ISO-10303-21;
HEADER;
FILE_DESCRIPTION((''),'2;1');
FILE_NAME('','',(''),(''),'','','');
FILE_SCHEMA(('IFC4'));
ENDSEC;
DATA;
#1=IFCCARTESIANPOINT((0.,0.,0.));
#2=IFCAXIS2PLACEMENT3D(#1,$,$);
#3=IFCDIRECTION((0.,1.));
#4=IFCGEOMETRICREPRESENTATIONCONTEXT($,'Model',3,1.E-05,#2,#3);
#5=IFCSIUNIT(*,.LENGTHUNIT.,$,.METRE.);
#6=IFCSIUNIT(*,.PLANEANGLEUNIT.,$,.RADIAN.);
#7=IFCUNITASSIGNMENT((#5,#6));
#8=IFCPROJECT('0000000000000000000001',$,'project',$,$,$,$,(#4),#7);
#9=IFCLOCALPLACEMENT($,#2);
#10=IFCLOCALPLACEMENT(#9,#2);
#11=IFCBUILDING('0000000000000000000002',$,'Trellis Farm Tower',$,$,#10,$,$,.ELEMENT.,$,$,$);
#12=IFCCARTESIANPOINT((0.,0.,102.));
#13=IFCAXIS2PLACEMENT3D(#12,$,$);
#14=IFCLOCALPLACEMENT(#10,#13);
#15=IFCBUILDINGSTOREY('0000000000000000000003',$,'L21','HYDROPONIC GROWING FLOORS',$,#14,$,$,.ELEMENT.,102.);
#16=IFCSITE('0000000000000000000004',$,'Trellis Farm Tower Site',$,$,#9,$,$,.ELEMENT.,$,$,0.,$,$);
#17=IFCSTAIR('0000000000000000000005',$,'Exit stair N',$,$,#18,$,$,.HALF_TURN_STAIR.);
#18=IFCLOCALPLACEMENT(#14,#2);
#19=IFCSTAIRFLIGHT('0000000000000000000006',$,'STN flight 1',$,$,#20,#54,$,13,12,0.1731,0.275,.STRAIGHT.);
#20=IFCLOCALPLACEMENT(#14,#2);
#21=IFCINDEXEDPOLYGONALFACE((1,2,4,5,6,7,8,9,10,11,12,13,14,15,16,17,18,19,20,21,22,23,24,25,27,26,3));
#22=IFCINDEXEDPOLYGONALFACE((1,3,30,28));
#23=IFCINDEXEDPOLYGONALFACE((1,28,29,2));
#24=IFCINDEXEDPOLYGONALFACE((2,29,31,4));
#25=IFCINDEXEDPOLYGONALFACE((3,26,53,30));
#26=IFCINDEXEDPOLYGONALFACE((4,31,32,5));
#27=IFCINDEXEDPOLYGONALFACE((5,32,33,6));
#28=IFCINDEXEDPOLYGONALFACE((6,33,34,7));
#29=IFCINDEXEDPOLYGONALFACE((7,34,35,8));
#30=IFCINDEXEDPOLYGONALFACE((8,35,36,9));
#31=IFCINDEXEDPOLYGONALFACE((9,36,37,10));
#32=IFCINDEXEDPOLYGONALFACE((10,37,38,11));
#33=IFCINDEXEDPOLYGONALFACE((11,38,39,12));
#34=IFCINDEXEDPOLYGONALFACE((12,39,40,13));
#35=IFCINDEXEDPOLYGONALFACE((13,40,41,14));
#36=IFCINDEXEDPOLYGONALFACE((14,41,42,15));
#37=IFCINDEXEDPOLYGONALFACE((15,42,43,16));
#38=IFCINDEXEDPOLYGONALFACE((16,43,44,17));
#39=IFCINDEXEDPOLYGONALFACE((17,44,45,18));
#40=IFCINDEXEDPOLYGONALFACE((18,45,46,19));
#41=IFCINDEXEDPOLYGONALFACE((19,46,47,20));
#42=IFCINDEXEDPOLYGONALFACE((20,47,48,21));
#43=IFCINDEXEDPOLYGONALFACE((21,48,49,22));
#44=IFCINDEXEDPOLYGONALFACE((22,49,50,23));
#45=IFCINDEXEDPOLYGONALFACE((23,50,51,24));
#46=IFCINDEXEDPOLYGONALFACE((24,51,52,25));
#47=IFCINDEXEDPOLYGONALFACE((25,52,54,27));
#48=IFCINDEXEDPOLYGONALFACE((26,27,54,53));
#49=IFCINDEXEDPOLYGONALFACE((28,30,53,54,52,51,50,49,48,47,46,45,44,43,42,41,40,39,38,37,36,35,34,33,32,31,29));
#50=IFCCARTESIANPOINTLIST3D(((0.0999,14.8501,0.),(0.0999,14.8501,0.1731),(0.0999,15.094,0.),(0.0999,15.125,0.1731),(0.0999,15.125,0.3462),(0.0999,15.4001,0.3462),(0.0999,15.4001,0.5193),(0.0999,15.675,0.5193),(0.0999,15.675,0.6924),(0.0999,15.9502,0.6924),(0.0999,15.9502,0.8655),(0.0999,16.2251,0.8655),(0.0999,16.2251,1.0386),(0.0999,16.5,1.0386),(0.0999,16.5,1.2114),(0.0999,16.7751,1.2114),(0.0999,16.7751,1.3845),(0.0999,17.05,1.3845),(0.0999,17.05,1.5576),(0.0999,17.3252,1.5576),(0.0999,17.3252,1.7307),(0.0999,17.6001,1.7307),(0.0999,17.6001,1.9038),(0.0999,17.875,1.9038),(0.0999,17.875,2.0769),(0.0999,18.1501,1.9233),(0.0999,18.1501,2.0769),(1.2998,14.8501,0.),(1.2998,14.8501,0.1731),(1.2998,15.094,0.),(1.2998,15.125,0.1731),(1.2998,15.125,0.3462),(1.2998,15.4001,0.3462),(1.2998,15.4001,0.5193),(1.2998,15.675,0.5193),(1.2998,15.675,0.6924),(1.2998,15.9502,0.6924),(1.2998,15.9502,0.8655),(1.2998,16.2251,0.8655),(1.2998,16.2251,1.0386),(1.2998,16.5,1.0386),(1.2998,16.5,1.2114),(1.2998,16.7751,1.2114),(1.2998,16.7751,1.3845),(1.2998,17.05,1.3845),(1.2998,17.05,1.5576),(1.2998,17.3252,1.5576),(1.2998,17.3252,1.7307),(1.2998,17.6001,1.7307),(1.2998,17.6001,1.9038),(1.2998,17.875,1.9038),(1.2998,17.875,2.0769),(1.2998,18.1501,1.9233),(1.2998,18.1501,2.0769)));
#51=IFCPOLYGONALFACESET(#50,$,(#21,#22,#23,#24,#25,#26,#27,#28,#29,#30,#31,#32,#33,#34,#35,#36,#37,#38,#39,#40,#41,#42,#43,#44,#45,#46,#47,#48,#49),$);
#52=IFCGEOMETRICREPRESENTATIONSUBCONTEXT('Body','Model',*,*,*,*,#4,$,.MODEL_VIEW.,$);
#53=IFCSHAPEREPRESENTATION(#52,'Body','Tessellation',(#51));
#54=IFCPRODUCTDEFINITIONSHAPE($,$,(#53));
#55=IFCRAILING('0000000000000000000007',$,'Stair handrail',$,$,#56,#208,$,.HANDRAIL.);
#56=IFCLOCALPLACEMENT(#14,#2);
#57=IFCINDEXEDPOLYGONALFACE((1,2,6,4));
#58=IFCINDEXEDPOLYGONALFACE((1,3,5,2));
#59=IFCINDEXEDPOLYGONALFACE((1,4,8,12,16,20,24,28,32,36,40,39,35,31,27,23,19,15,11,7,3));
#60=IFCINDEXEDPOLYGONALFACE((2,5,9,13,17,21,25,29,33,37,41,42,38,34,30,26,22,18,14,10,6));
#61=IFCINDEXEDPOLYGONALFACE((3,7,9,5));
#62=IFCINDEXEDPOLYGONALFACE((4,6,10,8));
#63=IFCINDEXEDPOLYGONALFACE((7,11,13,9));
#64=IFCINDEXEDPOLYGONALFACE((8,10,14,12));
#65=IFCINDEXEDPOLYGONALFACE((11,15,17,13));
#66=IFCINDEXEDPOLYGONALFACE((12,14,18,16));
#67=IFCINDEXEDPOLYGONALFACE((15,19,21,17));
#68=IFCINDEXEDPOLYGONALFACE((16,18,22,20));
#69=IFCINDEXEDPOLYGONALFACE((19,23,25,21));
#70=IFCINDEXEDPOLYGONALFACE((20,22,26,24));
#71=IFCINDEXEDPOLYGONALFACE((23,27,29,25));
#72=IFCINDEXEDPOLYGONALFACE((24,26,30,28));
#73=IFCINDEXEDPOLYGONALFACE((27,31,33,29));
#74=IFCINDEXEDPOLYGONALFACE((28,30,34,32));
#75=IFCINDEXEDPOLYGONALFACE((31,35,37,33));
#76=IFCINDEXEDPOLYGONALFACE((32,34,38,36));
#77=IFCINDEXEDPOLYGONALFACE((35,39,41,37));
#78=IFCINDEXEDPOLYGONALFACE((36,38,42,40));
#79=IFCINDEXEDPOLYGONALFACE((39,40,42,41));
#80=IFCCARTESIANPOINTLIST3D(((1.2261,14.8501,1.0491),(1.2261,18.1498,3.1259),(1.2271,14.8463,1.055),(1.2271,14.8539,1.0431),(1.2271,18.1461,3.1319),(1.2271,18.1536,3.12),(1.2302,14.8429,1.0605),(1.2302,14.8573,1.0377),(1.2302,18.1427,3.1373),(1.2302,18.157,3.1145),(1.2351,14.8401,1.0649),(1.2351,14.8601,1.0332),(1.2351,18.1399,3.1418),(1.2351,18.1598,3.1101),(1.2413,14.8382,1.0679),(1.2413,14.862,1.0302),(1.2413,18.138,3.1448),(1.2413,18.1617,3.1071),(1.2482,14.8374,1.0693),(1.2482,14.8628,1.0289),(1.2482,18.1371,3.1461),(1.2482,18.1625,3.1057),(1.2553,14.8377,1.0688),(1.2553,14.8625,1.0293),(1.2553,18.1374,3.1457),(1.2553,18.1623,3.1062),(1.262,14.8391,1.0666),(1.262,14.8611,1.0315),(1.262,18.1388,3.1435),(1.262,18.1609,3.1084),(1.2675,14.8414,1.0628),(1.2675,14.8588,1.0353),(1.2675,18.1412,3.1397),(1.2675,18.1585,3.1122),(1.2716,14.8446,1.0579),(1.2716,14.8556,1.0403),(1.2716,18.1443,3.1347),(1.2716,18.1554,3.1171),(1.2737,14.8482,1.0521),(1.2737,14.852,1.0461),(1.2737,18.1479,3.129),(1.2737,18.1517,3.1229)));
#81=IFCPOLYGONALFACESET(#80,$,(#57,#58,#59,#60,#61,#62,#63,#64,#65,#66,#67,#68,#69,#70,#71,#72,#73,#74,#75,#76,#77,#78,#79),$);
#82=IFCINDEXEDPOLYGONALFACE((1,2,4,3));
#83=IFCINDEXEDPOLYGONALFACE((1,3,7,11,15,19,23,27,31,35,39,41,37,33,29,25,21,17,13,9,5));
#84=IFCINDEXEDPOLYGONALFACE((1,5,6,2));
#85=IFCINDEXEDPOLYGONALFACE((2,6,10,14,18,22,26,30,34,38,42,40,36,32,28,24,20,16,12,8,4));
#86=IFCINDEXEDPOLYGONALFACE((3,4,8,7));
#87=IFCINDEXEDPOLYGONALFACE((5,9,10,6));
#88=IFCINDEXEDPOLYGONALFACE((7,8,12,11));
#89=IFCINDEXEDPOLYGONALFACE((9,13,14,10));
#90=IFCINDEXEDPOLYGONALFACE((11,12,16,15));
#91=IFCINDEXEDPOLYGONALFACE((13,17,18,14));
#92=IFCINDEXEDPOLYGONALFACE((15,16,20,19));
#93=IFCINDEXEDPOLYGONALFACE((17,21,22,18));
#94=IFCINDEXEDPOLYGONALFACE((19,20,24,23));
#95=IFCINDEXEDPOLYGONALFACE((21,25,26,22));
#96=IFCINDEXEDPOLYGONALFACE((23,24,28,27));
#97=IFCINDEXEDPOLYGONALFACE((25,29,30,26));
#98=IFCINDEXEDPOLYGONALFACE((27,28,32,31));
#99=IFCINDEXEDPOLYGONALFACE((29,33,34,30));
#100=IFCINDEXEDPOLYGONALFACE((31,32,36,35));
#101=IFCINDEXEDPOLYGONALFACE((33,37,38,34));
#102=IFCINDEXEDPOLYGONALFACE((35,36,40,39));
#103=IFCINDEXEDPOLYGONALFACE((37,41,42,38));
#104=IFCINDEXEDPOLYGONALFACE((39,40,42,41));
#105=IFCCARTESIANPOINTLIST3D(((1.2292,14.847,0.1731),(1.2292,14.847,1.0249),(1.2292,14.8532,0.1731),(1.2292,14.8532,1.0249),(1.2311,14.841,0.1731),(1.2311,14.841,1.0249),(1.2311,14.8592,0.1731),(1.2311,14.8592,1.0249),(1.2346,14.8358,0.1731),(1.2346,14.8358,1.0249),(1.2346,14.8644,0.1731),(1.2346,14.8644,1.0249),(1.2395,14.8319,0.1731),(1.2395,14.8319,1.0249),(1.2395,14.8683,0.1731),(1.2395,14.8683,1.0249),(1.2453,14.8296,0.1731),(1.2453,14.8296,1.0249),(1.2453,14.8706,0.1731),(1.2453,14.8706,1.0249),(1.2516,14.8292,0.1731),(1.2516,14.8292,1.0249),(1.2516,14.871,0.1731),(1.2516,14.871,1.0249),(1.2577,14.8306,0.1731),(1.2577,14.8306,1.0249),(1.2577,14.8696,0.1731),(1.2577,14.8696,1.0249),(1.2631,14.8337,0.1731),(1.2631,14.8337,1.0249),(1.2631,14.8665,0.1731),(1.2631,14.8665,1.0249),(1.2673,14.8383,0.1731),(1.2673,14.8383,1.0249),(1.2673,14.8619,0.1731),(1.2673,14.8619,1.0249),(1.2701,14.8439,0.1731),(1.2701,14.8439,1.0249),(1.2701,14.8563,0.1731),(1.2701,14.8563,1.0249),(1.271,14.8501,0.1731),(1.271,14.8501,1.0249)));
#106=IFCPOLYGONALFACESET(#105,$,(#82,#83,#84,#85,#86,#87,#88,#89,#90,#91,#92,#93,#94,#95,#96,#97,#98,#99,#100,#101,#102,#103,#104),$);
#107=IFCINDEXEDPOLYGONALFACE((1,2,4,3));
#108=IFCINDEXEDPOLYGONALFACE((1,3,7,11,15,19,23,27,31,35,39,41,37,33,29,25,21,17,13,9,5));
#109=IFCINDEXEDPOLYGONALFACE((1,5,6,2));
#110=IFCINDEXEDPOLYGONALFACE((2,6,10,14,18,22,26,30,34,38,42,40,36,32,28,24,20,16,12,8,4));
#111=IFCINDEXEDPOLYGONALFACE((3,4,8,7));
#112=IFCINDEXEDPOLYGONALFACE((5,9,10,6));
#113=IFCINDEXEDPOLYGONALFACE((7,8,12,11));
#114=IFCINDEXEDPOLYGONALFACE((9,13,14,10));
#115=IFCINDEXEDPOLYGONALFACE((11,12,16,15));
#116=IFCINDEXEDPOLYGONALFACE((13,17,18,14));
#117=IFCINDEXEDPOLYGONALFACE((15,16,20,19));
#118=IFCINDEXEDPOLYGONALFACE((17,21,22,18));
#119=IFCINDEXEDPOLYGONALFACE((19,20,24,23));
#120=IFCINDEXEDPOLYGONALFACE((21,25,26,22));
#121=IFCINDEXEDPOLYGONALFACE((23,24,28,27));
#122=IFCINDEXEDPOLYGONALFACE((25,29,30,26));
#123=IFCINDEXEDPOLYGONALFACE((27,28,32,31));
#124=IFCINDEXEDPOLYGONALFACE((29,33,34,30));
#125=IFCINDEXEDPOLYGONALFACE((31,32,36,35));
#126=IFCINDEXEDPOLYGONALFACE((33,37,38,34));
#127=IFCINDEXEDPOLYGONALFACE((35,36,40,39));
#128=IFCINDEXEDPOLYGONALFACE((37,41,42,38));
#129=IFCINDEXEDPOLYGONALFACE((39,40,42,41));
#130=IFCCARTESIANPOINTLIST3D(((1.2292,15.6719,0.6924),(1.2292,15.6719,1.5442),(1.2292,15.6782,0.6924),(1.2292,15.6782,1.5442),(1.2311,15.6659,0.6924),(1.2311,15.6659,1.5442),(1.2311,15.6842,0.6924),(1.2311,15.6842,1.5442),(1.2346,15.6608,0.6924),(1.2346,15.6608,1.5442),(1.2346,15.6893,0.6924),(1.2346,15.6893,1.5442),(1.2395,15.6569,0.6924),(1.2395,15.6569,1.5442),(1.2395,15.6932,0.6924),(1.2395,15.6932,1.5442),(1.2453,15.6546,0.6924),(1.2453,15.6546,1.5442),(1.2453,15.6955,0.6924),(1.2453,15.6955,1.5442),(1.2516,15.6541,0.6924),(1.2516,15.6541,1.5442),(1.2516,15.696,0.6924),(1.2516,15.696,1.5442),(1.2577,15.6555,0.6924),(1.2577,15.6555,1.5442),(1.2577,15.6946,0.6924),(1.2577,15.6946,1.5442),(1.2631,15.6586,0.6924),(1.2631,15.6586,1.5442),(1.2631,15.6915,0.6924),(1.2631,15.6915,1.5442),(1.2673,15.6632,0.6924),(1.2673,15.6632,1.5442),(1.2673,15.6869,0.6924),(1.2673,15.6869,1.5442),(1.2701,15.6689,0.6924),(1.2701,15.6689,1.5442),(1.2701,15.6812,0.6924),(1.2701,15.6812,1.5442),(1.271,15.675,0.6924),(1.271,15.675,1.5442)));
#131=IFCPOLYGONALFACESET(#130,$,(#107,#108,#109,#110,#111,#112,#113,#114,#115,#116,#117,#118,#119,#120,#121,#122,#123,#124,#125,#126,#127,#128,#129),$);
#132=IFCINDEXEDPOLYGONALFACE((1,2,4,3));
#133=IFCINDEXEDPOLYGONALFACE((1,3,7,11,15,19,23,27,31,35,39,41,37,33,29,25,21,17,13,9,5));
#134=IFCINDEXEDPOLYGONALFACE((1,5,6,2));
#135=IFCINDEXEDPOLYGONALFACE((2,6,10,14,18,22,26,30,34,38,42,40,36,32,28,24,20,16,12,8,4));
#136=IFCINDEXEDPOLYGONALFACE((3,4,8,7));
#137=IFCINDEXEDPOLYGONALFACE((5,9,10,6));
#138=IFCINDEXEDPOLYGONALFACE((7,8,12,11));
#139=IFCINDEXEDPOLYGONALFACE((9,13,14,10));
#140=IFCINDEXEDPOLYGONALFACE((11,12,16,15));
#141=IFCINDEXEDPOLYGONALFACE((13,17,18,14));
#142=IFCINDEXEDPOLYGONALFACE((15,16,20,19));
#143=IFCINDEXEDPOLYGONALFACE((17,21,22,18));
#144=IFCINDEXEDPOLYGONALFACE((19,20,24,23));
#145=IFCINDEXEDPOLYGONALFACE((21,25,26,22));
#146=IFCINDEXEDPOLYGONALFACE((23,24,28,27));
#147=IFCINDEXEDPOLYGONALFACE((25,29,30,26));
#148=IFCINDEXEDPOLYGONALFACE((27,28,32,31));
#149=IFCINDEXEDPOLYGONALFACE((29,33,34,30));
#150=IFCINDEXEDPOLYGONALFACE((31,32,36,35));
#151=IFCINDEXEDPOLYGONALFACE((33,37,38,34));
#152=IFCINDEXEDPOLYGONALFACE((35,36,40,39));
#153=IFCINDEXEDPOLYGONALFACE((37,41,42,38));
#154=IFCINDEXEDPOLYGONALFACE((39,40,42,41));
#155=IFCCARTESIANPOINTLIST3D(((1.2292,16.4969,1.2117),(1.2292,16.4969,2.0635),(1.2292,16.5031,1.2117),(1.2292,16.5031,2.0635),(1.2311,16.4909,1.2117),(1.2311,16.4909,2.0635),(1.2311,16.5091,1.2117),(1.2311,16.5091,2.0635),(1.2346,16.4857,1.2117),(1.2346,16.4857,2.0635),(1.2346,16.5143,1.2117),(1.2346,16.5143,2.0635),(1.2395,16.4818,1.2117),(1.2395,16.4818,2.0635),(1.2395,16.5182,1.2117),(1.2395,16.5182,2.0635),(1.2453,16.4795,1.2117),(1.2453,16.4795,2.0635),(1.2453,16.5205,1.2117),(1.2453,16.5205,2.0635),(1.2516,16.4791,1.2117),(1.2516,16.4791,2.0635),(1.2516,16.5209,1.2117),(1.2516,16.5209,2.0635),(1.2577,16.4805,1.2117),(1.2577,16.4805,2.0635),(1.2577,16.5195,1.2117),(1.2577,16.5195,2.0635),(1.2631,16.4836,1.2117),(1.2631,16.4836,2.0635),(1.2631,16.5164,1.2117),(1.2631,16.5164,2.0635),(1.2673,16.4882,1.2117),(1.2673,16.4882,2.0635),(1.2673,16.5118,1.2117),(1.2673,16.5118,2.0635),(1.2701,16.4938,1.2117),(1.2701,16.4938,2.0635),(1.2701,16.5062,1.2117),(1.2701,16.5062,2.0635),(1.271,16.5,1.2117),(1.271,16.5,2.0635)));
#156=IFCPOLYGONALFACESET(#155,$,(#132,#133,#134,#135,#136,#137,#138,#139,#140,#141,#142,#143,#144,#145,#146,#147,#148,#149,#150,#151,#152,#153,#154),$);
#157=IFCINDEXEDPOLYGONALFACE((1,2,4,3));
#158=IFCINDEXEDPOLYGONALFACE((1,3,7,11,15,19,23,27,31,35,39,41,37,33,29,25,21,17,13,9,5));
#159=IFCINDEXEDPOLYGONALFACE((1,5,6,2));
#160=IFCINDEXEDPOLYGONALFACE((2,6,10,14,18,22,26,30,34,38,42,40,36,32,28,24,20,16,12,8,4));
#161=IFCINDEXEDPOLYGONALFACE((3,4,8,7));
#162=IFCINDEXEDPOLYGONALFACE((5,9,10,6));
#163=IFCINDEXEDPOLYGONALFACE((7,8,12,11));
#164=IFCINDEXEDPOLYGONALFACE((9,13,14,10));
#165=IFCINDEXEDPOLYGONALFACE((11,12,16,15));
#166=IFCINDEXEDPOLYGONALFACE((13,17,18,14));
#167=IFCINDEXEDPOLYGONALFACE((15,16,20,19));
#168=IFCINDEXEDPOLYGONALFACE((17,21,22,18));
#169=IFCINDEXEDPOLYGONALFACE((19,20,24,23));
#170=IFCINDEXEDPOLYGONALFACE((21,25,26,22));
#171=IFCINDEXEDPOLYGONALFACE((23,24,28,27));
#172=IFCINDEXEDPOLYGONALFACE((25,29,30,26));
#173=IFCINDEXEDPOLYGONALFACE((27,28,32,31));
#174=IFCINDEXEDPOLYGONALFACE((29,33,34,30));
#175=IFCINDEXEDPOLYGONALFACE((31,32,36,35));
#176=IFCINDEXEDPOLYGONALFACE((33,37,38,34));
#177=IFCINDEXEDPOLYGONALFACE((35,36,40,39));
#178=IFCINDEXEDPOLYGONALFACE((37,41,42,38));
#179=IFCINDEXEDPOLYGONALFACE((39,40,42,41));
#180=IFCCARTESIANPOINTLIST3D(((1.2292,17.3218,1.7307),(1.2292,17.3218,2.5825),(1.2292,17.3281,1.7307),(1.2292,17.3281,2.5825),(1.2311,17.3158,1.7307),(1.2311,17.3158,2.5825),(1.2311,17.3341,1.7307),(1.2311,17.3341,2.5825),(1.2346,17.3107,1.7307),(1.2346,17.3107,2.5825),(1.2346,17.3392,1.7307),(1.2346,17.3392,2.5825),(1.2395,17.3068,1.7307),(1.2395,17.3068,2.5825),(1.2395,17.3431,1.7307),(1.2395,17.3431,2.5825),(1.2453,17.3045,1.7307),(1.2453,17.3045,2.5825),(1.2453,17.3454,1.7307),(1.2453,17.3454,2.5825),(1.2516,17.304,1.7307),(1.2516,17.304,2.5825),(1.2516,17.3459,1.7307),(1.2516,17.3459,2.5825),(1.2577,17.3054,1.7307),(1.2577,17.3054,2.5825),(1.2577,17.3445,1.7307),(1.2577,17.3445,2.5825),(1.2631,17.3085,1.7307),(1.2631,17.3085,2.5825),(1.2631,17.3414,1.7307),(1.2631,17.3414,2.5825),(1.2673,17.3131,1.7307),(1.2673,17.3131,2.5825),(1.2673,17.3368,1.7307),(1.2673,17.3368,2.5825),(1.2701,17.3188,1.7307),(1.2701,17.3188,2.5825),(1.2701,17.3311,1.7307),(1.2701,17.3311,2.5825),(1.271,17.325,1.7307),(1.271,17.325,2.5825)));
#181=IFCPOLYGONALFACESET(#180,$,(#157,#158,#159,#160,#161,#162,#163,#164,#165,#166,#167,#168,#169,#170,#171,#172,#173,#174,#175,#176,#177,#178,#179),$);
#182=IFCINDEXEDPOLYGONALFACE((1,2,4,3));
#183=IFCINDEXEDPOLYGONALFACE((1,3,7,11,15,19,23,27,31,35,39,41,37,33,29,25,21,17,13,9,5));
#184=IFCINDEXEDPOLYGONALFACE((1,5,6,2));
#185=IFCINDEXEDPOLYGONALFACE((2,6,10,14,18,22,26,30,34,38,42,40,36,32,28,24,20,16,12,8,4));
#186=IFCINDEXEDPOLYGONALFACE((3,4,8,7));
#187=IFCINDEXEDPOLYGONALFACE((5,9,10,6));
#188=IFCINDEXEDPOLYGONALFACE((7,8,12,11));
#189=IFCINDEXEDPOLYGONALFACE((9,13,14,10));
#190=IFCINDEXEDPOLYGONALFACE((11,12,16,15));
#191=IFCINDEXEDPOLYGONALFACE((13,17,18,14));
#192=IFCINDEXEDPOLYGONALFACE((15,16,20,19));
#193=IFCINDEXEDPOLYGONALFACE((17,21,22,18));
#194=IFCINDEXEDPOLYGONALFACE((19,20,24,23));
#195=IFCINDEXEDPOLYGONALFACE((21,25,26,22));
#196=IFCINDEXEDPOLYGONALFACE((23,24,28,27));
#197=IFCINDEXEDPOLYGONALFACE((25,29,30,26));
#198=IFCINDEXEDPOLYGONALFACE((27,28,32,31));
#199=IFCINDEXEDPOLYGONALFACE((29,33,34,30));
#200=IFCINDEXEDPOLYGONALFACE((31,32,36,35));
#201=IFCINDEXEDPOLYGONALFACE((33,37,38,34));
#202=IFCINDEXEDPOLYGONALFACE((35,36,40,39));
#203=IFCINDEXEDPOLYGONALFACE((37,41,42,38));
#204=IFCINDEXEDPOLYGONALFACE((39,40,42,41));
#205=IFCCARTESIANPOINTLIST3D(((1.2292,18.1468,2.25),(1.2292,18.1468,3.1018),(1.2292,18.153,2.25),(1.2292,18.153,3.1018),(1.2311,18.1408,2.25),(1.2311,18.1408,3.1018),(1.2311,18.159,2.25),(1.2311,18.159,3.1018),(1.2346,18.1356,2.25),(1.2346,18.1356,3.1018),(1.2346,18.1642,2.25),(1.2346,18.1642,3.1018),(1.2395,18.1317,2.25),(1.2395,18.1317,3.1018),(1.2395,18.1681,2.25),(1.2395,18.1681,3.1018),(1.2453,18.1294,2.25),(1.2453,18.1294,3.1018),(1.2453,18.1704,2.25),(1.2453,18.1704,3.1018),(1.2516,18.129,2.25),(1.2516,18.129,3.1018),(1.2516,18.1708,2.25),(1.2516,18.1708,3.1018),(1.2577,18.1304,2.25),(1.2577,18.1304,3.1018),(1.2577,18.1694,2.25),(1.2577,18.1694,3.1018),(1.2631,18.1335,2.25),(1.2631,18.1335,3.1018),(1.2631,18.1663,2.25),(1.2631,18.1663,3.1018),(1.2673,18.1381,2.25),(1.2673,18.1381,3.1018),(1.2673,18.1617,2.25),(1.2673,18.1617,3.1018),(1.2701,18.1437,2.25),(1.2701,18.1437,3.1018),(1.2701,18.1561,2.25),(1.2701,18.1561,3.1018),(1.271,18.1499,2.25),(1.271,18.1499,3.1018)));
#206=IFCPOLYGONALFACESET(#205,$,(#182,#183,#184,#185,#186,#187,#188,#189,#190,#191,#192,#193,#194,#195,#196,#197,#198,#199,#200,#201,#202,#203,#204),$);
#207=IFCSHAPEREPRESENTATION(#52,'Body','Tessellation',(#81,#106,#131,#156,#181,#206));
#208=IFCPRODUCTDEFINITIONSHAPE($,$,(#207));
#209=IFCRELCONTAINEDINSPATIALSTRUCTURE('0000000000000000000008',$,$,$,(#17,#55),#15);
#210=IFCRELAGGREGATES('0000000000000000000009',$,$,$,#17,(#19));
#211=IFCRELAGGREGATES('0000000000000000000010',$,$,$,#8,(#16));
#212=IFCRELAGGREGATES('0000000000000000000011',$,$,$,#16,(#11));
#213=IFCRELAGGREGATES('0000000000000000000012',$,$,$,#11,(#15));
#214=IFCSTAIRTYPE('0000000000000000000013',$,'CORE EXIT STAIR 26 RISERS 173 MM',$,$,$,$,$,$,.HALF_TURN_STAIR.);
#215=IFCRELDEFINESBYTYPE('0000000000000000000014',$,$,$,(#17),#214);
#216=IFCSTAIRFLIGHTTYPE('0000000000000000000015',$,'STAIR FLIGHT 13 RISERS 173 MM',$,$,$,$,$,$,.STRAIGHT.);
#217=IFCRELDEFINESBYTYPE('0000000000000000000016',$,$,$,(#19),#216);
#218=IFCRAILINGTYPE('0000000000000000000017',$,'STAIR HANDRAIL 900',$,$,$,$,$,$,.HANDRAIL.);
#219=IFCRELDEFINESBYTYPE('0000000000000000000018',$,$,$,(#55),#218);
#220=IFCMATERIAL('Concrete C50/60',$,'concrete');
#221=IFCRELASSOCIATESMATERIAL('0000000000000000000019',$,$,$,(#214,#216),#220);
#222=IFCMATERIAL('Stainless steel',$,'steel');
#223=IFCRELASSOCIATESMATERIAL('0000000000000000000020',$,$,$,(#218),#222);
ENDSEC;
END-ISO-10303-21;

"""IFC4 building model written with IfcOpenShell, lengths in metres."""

from ifc_helpers import new_model, si_unit, direction, frame, origin, origin_2d, place, context, subcontext, project, spatial, polyline, circle, outline, extrude, source, transform, mapped, material, type_object, element, aggregate, save


model = new_model("IFC4")

# Units and contexts
model_context = context("Model", 3, precision=1e-05, world=origin(), true_north=direction((0.0, 1.0)))
body_context = subcontext(model_context, "Body", "Model", "MODEL_VIEW")
ifc_project = project(units=[si_unit("LENGTHUNIT", "METRE"), si_unit("PLANEANGLEUNIT", "RADIAN")], contexts=[model_context])

# Site, building, storey
site_placement = place(None, origin())
site = spatial("IfcSite", under=ifc_project, at=site_placement, Name="Trellis Farm Tower Site", CompositionType="ELEMENT", RefElevation=0.0)
building_placement = place(site_placement, origin())
building = spatial("IfcBuilding", under=site, at=building_placement, Name="Trellis Farm Tower", CompositionType="ELEMENT")
storey_placement = place(building_placement, frame((0.0, 0.0, 102.0)))
storey = spatial("IfcBuildingStorey", under=building, at=storey_placement, Name="L21", Description="HYDROPONIC GROWING FLOORS", CompositionType="ELEMENT", Elevation=102.0)

# Shared definitions
placement = place(storey_placement, origin())

# Stair, stair flight
ifc_material_1 = material(Name="Concrete C50/60", Category="concrete")
stair_type = type_object("IfcStairType", Name="CORE EXIT STAIR 26 RISERS 173 MM", PredefinedType="HALF_TURN_STAIR", material=ifc_material_1)
stair = element("IfcStair", 1, at=placement, inside=storey, type_object=stair_type, Name="Exit stair N", PredefinedType="HALF_TURN_STAIR")
stair_flight_type = type_object("IfcStairFlightType", Name="STAIR FLIGHT 13 RISERS 173 MM", PredefinedType="STRAIGHT", material=ifc_material_1)
shared_shape_1 = source(origin(), body_context, "Body", "SweptSolid", [
    extrude(outline(polyline([(0.0, 0.0), (0.0, 0.1731), (0.2749, 0.1731), (0.2749, 0.3462), (0.55, 0.3462), (0.55, 0.5193), (0.825, 0.5193), (0.825, 0.6924), (1.1001, 0.6924), (1.1001, 0.8655), (1.375, 0.8655), (1.375, 1.0386), (1.6499, 1.0386), (1.6499, 1.2114), (1.925, 1.2114), (1.925, 1.3845), (2.2, 1.3845), (2.2, 1.5576), (2.4751, 1.5576), (2.4751, 1.7307), (2.75, 1.7307), (2.75, 1.9038), (3.0249, 1.9038), (3.0249, 2.0769), (3.3, 2.0769), (3.3, 2.25), (3.3, 1.9233), (0.2439, 0.0), (0.0, 0.0)])), frame((0.0, 0.6001, 0.0), z_axis=(0.0, -1.0, 0.0), x_axis=(1.0, 0.0, 0.0)), (0.0, 0.0, 1.0), 1.2),
])
stair_flight_placement = place(storey_placement, frame((0.7, 14.8501, 0.0), z_axis=(0.0, 0.0, 1.0), x_axis=(0.0, 1.0, 0.0)))
stair_flight = element("IfcStairFlight", 2, at=stair_flight_placement, type_object=stair_flight_type, Name="STN flight 1", NumberOfRisers=13, NumberOfTreads=12, PredefinedType="STRAIGHT", RiserHeight=0.1731, TreadLength=0.275, context=body_context, shape_type="MappedRepresentation", body=[
    mapped(shared_shape_1, transform((0.0, 0.0, 0.0))),
])
aggregate(stair, [stair_flight])

# Railing
ifc_material_2 = material(Name="Stainless steel", Category="steel")
railing_type = type_object("IfcRailingType", Name="STAIR HANDRAIL 900", PredefinedType="HANDRAIL", material=ifc_material_2)
shared_shape_2 = source(origin(), body_context, "Body", "SweptSolid", [
    extrude(circle(Radius=0.0239, at=origin_2d()), frame((0.0, 0.0, 0.876), z_axis=(0.0, 0.84632, 0.532675), x_axis=(-1.0, 0.0, 0.0)), (0.0, 0.0, 1.0), 3.8989),
    extrude(circle(Radius=0.021, at=origin_2d()), origin(), (0.0, 0.0, 1.0), 0.8518),
    extrude(circle(Radius=0.021, at=origin_2d()), frame((0.0, 0.825, 0.5193)), (0.0, 0.0, 1.0), 0.8518),
    extrude(circle(Radius=0.021, at=origin_2d()), frame((0.0, 1.6499, 1.0386)), (0.0, 0.0, 1.0), 0.8518),
    extrude(circle(Radius=0.021, at=origin_2d()), frame((0.0, 2.4749, 1.5576)), (0.0, 0.0, 1.0), 0.8518),
    extrude(circle(Radius=0.021, at=origin_2d()), frame((0.0, 3.2998, 2.0769)), (0.0, 0.0, 1.0), 0.8518),
])
railing_placement = place(storey_placement, frame((1.25, 14.8501, 0.1731)))
element("IfcRailing", 3, at=railing_placement, inside=storey, type_object=railing_type, Name="Stair handrail", PredefinedType="HANDRAIL", context=body_context, shape_type="MappedRepresentation", body=[
    mapped(shared_shape_2, transform((0.0, 0.0, 0.0))),
])

save(model, "model.ifc")
